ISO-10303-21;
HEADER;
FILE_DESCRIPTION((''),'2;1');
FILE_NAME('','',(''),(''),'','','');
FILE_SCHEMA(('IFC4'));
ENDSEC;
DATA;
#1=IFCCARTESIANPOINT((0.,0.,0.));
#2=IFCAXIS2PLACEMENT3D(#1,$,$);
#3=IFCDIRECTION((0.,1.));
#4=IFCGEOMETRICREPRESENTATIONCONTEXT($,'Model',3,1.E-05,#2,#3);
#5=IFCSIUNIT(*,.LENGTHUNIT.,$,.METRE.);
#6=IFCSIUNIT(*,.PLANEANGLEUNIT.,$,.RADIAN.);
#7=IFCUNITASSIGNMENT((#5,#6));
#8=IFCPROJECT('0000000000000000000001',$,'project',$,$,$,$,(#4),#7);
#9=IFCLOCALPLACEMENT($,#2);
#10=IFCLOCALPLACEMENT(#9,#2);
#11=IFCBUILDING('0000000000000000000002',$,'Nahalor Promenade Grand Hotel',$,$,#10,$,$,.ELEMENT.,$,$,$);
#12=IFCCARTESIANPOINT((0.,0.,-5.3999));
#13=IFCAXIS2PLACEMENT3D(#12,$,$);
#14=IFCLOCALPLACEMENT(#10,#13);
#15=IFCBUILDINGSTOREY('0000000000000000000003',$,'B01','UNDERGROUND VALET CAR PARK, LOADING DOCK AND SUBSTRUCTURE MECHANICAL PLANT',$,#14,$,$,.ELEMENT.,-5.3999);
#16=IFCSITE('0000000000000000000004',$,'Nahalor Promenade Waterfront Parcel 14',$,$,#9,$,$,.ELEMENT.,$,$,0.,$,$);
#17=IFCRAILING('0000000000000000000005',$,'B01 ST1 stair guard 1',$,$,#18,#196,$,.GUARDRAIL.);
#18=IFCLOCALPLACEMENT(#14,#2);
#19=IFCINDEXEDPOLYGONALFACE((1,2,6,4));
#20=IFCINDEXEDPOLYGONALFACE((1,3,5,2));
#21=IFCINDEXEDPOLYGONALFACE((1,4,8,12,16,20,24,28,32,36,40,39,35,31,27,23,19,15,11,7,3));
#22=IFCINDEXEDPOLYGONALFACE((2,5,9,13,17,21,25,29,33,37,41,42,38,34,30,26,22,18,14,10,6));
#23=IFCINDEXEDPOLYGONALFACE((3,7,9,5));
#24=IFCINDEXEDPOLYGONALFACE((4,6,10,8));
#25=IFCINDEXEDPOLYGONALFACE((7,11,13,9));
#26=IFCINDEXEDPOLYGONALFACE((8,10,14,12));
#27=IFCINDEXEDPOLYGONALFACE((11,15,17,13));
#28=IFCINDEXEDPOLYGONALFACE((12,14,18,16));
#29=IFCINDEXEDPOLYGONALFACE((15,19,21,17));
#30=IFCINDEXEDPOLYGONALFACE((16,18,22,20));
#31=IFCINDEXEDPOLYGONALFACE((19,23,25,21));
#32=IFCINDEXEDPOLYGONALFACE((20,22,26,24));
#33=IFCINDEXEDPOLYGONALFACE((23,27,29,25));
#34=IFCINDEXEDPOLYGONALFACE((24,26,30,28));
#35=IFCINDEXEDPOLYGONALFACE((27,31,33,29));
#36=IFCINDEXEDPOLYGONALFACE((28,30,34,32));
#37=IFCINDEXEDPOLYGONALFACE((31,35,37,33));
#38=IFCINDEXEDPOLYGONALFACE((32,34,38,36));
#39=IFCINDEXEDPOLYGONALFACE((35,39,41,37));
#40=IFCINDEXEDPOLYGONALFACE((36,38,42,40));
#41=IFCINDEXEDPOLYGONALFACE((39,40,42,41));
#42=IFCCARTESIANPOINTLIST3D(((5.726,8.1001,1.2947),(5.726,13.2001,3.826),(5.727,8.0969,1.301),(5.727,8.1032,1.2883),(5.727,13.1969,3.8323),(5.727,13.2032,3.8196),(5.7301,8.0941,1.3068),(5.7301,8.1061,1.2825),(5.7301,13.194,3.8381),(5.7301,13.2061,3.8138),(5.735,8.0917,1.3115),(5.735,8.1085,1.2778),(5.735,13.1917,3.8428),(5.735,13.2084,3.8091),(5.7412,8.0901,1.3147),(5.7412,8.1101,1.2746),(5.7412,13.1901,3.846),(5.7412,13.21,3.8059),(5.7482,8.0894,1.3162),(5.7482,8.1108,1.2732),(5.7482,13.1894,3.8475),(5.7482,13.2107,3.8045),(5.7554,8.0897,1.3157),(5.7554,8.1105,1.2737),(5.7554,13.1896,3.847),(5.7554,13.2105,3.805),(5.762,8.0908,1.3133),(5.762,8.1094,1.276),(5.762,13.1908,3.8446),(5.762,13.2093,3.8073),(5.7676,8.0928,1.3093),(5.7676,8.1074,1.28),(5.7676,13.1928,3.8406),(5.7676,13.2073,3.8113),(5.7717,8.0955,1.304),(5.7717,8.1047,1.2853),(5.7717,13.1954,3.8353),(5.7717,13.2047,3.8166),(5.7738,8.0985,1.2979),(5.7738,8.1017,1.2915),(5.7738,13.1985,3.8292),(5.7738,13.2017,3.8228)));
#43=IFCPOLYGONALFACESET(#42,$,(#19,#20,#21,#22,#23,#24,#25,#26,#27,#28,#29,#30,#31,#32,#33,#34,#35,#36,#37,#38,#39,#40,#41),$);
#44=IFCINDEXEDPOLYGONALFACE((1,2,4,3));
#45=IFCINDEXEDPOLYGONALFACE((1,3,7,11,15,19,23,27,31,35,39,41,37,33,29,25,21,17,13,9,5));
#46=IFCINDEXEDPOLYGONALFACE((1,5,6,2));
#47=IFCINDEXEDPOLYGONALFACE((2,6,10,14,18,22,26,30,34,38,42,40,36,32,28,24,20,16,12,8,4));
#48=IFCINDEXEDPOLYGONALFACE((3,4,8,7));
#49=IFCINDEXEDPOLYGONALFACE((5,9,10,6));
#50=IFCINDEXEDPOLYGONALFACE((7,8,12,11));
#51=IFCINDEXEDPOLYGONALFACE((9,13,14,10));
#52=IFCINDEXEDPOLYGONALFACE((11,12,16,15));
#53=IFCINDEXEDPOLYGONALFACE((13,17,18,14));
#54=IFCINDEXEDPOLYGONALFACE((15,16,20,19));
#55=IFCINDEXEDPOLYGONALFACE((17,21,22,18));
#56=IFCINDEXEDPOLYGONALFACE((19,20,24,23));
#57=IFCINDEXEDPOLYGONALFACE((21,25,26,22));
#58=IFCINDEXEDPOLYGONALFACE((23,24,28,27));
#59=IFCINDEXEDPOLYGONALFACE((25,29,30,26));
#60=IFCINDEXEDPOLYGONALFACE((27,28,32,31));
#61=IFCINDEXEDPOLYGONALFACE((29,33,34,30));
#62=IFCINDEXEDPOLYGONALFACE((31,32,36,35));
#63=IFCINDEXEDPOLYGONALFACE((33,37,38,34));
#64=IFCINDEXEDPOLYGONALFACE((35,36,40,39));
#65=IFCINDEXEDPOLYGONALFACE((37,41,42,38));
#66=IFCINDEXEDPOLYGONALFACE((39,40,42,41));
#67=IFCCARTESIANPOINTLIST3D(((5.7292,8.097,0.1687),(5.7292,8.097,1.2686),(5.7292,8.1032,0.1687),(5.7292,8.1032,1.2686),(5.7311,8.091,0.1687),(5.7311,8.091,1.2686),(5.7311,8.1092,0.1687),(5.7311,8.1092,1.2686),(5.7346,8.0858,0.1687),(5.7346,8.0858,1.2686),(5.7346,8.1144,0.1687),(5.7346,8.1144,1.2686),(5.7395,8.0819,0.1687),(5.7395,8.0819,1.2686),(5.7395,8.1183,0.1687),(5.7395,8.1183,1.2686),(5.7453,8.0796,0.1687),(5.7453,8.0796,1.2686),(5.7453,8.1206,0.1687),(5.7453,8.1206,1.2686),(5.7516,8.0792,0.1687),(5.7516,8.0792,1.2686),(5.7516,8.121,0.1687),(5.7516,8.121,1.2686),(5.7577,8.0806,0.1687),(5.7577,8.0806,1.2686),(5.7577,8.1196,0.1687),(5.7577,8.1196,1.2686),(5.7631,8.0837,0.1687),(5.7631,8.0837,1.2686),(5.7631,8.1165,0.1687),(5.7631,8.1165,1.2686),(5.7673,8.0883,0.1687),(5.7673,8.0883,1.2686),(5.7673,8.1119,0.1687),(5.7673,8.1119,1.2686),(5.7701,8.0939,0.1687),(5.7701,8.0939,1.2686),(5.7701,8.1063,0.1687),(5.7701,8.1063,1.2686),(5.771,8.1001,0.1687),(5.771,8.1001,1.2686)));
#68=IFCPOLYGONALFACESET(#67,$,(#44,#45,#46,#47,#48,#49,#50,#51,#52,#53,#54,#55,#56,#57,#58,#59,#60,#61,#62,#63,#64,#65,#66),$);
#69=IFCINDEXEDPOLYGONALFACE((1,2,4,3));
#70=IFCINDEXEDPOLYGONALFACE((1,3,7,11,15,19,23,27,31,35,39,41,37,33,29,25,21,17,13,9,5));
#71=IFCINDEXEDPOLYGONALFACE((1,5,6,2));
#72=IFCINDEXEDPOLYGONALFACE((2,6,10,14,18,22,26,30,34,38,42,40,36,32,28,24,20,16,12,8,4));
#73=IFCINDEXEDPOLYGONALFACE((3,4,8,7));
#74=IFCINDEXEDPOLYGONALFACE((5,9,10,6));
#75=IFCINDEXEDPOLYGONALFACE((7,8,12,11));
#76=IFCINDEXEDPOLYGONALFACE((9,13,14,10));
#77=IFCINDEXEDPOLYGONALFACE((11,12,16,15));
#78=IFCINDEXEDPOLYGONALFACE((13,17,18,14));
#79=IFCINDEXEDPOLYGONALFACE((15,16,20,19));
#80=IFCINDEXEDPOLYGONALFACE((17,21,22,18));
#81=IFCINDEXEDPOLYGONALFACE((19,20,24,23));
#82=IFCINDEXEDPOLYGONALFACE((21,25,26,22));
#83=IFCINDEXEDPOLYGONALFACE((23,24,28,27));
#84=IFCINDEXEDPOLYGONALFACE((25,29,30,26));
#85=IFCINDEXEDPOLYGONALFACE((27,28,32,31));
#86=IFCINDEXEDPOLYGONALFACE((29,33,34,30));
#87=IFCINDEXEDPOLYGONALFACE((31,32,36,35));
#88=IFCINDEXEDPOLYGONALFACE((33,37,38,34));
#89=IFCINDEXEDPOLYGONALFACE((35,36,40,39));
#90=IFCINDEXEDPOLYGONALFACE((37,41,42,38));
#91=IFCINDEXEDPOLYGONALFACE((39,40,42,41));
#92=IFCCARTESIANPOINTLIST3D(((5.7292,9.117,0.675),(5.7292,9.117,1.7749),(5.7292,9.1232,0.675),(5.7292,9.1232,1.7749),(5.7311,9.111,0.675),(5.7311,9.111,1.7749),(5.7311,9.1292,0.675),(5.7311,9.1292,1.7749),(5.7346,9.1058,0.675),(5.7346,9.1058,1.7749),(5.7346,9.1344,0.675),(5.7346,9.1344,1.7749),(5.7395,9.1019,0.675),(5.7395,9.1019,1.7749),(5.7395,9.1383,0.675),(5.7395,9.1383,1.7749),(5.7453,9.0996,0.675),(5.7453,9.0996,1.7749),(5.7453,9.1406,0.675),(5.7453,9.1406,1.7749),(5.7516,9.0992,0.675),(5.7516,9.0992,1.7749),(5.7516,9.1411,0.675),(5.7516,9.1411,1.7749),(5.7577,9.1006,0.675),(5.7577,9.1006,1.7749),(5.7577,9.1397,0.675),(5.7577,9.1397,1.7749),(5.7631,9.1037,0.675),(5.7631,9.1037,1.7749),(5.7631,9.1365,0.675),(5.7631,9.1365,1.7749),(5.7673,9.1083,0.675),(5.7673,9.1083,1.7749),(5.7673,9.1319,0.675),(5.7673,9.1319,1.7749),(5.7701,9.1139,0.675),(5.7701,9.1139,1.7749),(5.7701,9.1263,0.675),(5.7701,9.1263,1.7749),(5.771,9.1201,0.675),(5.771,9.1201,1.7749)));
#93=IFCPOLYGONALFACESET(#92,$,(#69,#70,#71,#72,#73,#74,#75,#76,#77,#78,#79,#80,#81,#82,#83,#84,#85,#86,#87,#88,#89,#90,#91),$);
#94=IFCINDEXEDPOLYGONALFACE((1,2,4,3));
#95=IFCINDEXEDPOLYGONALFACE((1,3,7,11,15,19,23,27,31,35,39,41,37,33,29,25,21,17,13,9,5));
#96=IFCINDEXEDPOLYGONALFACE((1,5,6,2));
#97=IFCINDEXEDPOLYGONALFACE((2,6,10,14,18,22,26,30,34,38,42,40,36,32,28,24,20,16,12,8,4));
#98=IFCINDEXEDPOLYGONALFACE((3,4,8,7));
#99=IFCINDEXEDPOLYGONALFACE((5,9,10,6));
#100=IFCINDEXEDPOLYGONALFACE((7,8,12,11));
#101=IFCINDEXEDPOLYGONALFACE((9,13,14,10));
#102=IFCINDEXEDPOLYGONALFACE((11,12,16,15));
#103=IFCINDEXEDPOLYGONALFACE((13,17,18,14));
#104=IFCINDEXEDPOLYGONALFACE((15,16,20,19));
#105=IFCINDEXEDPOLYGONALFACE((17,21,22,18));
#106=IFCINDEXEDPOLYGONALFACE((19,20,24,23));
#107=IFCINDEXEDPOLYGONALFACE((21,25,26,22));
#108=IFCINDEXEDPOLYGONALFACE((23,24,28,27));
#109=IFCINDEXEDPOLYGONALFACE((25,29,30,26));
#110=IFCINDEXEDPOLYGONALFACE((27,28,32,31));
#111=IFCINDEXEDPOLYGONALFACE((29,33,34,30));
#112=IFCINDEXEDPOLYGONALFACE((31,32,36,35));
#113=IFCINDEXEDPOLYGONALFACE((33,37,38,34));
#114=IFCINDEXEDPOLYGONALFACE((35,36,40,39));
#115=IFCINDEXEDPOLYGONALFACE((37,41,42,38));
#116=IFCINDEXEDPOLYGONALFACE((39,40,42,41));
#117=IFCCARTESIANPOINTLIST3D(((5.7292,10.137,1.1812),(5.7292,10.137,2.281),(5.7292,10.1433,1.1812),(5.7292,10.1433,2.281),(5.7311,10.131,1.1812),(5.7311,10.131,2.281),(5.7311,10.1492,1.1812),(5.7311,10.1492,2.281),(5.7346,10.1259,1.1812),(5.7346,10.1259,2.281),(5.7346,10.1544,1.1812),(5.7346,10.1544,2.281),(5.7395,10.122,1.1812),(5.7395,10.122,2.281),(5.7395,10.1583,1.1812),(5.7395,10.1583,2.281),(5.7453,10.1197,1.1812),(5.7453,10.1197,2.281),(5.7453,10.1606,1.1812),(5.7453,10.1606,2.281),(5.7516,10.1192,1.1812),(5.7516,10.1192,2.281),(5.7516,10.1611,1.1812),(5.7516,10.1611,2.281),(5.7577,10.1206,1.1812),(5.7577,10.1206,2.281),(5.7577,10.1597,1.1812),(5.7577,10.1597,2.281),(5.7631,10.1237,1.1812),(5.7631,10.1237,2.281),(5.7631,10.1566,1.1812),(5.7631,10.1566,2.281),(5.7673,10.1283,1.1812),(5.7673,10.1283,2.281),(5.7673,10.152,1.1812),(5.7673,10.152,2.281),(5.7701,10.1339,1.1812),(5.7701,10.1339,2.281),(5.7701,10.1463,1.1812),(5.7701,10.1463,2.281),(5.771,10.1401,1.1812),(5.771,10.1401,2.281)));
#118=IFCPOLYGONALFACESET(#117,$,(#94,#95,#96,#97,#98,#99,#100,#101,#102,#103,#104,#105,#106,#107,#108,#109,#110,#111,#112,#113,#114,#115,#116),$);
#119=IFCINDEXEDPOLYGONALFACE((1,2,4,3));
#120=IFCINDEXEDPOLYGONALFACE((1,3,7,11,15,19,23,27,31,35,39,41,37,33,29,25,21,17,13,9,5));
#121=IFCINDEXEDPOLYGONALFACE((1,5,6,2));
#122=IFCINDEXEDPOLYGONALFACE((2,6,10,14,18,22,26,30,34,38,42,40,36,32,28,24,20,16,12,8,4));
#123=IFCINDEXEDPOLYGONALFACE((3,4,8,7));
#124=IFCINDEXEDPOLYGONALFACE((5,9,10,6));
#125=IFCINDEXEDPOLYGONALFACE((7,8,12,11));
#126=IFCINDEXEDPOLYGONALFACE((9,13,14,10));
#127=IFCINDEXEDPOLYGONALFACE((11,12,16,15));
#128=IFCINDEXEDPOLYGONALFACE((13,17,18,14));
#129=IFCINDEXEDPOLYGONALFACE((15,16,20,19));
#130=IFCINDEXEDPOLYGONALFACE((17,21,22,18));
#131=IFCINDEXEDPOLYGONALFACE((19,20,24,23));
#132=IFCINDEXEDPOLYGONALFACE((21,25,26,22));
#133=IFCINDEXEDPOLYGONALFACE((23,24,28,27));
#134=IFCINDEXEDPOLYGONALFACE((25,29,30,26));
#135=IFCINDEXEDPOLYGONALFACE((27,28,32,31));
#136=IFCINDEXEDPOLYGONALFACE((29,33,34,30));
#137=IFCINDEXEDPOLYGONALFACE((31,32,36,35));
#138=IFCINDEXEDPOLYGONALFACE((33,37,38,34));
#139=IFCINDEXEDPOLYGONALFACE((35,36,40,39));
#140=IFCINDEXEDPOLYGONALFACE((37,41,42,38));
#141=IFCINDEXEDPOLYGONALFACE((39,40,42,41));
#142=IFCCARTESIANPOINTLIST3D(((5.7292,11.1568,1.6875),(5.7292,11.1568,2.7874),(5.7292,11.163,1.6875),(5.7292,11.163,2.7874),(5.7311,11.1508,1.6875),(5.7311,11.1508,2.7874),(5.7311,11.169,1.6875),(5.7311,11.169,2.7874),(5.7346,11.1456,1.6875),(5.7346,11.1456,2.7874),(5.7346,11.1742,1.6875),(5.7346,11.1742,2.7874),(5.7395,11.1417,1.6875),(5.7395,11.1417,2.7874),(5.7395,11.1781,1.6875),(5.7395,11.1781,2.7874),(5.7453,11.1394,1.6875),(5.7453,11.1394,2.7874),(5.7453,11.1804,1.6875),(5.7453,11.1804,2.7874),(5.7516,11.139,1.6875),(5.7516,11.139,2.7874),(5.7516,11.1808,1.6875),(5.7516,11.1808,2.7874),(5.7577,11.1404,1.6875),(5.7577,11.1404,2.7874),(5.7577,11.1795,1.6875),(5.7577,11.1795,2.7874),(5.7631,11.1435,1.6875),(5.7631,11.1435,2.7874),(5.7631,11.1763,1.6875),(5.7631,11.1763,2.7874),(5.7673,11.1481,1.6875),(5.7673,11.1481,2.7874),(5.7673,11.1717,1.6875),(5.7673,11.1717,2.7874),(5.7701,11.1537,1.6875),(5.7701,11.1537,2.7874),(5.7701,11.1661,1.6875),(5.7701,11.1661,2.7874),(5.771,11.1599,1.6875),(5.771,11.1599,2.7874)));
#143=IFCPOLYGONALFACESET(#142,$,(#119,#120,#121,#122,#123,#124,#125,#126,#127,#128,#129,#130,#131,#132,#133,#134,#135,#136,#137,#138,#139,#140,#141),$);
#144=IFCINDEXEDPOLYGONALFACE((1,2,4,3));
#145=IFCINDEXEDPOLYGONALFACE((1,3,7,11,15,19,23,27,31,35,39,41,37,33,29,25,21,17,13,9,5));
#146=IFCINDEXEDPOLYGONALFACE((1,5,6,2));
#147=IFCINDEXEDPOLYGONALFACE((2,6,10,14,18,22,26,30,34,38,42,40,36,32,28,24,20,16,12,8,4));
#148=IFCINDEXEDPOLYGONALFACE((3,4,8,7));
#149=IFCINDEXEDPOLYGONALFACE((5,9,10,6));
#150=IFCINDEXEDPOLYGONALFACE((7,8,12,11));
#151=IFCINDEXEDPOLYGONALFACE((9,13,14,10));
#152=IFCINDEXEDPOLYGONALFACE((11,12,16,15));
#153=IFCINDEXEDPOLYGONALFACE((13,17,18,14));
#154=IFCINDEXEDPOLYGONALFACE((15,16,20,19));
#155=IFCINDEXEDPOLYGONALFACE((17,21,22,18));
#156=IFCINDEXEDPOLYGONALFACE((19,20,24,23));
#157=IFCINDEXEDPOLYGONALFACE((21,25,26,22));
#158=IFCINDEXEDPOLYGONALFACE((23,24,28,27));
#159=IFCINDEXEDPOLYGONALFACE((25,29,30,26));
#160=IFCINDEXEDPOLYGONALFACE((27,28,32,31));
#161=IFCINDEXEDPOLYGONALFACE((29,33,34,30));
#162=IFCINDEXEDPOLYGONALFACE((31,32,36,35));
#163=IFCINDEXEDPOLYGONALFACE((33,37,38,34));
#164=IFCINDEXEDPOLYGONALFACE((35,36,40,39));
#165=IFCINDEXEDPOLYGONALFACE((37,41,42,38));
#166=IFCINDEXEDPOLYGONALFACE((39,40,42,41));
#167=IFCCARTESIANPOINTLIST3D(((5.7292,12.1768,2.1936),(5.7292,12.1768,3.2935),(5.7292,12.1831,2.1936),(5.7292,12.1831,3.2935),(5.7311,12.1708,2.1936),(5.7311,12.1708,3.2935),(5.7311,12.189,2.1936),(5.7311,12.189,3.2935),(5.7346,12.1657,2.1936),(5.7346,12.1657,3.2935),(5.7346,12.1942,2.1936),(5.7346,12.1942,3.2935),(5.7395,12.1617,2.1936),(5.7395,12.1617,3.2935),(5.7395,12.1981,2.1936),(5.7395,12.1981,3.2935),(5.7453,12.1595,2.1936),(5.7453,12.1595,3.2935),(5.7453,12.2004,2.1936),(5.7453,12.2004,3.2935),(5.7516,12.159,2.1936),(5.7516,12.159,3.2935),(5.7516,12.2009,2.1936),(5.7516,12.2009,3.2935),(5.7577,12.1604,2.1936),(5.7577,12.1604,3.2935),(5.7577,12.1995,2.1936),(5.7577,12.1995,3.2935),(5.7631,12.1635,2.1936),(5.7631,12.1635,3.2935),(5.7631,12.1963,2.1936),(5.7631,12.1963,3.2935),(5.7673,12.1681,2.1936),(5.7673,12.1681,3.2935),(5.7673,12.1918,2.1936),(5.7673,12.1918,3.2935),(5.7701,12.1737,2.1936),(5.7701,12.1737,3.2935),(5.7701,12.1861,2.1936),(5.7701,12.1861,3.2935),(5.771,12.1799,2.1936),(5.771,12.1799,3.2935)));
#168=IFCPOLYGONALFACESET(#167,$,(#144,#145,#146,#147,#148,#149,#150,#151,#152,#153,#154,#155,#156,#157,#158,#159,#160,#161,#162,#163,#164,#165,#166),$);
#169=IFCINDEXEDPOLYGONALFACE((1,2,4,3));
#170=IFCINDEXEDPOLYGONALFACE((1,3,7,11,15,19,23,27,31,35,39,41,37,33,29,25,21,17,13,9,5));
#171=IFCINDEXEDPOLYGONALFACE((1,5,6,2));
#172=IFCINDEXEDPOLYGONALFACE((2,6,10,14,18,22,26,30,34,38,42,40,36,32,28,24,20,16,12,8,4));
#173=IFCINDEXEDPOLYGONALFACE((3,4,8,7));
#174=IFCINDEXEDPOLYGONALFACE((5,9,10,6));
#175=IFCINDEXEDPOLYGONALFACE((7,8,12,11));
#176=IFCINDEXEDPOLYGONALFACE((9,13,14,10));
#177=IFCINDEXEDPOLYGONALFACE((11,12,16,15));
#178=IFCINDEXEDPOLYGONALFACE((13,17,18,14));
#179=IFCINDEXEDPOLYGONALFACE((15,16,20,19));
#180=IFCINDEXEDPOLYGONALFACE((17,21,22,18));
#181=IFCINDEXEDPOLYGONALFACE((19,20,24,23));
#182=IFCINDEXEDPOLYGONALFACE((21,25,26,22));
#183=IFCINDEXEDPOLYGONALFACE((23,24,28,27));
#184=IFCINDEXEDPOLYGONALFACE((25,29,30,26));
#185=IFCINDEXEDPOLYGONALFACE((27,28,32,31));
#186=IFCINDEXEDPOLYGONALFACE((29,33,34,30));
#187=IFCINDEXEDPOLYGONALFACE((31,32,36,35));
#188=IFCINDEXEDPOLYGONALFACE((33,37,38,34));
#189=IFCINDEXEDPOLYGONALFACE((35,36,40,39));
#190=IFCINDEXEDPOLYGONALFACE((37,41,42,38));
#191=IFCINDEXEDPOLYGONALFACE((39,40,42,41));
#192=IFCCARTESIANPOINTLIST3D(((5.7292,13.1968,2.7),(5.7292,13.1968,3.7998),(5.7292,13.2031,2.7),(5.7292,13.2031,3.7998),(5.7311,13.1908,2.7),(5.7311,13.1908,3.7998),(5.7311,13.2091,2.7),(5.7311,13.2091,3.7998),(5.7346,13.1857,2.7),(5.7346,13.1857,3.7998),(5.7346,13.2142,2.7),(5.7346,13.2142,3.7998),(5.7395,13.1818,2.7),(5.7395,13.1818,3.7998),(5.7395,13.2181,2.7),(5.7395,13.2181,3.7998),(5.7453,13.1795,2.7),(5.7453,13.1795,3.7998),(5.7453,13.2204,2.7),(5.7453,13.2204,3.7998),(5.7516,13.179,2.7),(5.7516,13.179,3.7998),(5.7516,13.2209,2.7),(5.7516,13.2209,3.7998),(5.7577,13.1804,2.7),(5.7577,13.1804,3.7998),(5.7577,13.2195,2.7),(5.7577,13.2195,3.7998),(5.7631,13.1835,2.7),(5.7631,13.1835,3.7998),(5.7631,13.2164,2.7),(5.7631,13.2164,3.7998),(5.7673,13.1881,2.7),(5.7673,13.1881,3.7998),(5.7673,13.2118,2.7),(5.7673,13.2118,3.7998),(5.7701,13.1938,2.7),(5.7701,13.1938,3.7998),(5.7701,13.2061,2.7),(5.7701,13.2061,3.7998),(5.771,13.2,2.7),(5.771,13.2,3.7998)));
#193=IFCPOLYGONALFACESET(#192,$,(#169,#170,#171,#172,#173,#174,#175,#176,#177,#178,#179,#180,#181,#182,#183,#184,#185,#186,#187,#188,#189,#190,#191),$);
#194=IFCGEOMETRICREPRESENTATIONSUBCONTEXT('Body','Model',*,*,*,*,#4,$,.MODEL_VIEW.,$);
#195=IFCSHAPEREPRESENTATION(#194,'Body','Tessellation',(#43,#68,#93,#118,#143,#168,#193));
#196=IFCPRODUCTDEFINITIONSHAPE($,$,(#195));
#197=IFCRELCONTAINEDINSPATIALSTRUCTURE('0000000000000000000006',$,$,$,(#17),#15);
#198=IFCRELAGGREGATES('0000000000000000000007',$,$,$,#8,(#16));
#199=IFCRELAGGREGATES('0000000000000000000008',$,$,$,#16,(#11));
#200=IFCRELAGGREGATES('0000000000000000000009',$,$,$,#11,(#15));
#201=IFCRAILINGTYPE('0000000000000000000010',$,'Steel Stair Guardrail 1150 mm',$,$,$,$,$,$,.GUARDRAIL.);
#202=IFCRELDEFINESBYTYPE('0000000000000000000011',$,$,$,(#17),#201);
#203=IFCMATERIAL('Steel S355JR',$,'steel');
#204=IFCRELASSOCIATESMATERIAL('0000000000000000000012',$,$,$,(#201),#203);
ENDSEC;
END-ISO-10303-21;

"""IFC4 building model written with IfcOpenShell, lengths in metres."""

from ifc_helpers import new_model, si_unit, direction, frame, origin, origin_2d, place, context, subcontext, project, spatial, circle, extrude, material, type_object, element, save


model = new_model("IFC4")

# Units and contexts
model_context = context("Model", 3, precision=1e-05, world=origin(), true_north=direction((0.0, 1.0)))
body_context = subcontext(model_context, "Body", "Model", "MODEL_VIEW")
ifc_project = project(units=[si_unit("LENGTHUNIT", "METRE"), si_unit("PLANEANGLEUNIT", "RADIAN")], contexts=[model_context])

# Site, building, storey
site_placement = place(None, origin())
site = spatial("IfcSite", under=ifc_project, at=site_placement, Name="Nahalor Promenade Waterfront Parcel 14", CompositionType="ELEMENT", RefElevation=0.0)
building_placement = place(site_placement, origin())
building = spatial("IfcBuilding", under=site, at=building_placement, Name="Nahalor Promenade Grand Hotel", CompositionType="ELEMENT")
storey_placement = place(building_placement, frame((0.0, 0.0, -5.3999)))
storey = spatial("IfcBuildingStorey", under=building, at=storey_placement, Name="B01", Description="UNDERGROUND VALET CAR PARK, LOADING DOCK AND SUBSTRUCTURE MECHANICAL PLANT", CompositionType="ELEMENT", Elevation=-5.3999)

# Shared definitions
ifc_material_1 = material(Name="Steel S355JR", Category="steel")

# Railing
railing_type_1 = type_object("IfcRailingType", Name="Steel Stair Guardrail 1150 mm", PredefinedType="GUARDRAIL", material=ifc_material_1)
railing_1_placement = place(storey_placement, frame((5.75, 8.1001, 0.1687)))
element("IfcRailing", 1, at=railing_1_placement, inside=storey, type_object=railing_type_1, Name="B01 ST1 stair guard 1", PredefinedType="GUARDRAIL", context=body_context, shape_type="SweptSolid", body=[
    extrude(circle(Radius=0.024, at=origin_2d()), frame((0.0, 0.0, 1.126), z_axis=(0.0, 0.895735, 0.444587), x_axis=(-1.0, 0.0, 0.0)), (0.0, 0.0, 1.0), 5.6936),
    extrude(circle(Radius=0.021, at=origin_2d()), origin(), (0.0, 0.0, 1.0), 1.0999),
    extrude(circle(Radius=0.021, at=origin_2d()), frame((0.0, 1.02, 0.5063)), (0.0, 0.0, 1.0), 1.0999),
    extrude(circle(Radius=0.021, at=origin_2d()), frame((0.0, 2.04, 1.0125)), (0.0, 0.0, 1.0), 1.0999),
    extrude(circle(Radius=0.021, at=origin_2d()), frame((0.0, 3.0598, 1.5188)), (0.0, 0.0, 1.0), 1.0999),
    extrude(circle(Radius=0.021, at=origin_2d()), frame((0.0, 4.0798, 2.0249)), (0.0, 0.0, 1.0), 1.0999),
    extrude(circle(Radius=0.021, at=origin_2d()), frame((0.0, 5.0999, 2.5312)), (0.0, 0.0, 1.0), 1.0999),
])

save(model, "model.ifc")
